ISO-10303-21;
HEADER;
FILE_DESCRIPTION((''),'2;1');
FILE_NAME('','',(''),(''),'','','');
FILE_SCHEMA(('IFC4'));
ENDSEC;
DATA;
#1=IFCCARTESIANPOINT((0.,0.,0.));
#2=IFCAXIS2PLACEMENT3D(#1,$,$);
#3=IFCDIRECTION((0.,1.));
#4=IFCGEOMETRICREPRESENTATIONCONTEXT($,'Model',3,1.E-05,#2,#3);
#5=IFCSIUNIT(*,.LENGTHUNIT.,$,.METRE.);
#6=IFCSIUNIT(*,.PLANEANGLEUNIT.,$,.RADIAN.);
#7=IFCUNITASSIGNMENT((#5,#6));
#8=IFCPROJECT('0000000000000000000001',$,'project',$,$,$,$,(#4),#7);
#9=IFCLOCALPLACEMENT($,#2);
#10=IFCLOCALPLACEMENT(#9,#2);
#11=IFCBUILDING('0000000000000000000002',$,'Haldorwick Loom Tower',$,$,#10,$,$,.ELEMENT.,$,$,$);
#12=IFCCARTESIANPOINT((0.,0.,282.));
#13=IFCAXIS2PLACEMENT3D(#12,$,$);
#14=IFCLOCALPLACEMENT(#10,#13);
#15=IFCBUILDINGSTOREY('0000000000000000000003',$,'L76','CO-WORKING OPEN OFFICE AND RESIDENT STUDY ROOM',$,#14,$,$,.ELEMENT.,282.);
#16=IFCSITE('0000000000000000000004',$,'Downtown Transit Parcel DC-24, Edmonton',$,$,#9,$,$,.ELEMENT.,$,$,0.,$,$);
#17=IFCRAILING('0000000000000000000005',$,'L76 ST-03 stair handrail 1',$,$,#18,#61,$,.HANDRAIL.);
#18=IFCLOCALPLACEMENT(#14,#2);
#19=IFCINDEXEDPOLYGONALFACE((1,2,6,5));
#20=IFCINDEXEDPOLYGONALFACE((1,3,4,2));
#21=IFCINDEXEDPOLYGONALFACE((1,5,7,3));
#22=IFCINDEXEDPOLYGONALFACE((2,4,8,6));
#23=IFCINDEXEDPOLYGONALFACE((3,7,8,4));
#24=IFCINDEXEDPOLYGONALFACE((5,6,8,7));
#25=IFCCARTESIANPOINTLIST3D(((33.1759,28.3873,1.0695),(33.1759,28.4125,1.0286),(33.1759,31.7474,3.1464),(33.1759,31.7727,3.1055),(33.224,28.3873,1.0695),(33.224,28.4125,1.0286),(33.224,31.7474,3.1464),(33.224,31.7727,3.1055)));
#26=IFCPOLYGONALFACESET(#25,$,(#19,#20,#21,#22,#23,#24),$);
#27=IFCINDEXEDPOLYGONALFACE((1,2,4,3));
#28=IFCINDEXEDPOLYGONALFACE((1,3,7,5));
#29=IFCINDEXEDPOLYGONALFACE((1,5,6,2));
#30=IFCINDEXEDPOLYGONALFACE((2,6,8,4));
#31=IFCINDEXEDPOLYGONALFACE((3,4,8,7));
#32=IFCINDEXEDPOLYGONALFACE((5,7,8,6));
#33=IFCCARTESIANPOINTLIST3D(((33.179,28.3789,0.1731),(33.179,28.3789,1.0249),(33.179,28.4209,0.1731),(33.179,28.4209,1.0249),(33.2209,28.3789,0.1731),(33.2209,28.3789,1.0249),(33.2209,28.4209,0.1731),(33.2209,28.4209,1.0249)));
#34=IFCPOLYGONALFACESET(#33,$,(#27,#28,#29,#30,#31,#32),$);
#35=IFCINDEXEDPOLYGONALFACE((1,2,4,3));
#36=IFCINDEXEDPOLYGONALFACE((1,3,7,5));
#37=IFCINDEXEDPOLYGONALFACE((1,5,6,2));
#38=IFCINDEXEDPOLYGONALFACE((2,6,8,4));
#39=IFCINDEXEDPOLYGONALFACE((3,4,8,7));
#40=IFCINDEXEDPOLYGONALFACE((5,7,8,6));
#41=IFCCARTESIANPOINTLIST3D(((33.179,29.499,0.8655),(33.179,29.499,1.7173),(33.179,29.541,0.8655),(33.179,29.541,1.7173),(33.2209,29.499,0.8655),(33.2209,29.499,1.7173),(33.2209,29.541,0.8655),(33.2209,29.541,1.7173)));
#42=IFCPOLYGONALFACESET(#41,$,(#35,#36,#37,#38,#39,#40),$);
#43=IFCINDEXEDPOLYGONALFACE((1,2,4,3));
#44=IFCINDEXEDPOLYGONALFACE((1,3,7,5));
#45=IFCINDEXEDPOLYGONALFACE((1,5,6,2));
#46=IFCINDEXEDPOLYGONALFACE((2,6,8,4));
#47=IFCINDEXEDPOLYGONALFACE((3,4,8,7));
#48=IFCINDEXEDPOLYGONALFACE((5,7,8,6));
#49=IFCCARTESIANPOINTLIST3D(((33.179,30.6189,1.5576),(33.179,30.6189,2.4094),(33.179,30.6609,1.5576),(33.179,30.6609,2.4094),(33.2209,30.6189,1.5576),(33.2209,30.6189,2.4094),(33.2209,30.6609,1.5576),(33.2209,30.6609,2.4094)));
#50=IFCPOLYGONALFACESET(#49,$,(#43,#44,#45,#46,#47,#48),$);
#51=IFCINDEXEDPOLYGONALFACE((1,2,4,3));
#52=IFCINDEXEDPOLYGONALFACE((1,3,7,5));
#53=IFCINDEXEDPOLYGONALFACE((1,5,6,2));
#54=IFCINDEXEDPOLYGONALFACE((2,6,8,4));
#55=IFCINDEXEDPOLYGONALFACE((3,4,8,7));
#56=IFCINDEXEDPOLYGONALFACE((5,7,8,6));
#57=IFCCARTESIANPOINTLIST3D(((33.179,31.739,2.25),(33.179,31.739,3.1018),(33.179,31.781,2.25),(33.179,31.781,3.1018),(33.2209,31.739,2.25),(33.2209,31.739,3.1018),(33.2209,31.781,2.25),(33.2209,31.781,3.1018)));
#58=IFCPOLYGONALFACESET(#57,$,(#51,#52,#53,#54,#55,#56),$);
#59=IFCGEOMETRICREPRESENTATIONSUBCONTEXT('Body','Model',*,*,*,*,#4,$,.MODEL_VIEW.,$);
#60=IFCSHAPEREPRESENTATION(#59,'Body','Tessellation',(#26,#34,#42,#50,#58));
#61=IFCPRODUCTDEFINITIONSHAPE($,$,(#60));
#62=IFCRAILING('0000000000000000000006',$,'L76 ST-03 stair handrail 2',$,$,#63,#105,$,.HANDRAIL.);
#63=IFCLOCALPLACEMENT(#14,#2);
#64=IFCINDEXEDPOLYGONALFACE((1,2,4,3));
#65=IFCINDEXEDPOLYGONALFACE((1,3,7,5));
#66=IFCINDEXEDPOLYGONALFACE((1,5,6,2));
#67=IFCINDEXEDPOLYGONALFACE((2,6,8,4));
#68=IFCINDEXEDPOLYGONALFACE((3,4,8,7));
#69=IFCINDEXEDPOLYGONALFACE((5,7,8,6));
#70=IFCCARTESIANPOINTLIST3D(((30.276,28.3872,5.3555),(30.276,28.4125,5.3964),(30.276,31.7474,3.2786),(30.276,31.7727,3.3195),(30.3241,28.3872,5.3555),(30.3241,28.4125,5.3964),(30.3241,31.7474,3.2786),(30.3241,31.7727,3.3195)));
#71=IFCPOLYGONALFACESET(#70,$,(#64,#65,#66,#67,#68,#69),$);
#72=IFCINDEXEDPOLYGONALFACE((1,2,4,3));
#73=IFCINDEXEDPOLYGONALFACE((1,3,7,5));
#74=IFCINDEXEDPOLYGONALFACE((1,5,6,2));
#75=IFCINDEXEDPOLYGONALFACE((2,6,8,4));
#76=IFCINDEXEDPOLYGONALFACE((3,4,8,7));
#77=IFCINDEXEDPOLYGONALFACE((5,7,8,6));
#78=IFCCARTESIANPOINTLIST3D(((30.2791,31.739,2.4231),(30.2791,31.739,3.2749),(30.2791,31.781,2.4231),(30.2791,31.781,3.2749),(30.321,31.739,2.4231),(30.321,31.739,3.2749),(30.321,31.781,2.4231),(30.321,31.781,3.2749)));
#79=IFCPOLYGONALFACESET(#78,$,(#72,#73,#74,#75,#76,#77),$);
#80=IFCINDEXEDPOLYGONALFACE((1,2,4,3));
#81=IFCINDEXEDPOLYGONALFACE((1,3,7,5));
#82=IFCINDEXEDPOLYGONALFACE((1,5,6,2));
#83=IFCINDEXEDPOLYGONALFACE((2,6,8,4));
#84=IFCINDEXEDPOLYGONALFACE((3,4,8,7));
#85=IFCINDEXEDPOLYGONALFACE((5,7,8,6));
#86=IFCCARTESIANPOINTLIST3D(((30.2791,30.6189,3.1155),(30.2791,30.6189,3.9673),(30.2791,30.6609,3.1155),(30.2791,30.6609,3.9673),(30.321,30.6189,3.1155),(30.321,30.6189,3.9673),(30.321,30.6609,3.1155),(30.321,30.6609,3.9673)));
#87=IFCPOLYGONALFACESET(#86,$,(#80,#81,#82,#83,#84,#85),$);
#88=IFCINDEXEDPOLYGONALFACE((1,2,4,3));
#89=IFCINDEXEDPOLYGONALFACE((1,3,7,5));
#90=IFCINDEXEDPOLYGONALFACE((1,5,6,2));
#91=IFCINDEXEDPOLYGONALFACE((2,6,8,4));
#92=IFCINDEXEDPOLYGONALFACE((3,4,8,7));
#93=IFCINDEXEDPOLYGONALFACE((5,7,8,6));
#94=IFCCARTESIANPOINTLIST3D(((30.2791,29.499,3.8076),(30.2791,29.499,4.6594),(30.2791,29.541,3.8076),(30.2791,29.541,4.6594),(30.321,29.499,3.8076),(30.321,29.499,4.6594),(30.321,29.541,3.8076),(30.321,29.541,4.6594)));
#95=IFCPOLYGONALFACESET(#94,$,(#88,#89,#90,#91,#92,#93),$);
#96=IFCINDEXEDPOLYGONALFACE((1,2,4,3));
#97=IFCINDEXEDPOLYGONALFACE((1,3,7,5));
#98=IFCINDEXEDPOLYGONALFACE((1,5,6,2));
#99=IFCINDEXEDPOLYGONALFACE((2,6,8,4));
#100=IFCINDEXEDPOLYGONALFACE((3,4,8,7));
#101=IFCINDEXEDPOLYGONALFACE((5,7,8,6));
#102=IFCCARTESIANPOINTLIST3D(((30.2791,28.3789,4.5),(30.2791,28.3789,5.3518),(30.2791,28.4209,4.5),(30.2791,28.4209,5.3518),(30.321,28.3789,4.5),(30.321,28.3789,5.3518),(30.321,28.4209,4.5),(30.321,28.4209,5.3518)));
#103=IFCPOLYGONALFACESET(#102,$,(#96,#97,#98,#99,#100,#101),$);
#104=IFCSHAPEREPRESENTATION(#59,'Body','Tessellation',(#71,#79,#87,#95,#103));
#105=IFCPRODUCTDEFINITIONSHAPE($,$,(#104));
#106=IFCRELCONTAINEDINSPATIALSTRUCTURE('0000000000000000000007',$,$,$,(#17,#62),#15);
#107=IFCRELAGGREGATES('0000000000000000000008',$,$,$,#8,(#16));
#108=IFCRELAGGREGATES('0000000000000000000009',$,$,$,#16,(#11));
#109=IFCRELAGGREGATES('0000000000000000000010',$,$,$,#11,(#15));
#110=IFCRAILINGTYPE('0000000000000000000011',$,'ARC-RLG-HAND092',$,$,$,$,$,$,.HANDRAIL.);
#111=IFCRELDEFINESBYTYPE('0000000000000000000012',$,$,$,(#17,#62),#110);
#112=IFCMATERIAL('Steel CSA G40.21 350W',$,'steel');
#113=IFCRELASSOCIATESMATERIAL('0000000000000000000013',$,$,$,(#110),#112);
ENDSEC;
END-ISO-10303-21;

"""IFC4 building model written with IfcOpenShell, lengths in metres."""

from ifc_helpers import new_model, si_unit, direction, frame, origin, origin_2d, place, context, subcontext, project, spatial, rectangle, extrude, material, type_object, element, save


model = new_model("IFC4")

# Units and contexts
model_context = context("Model", 3, precision=1e-05, world=origin(), true_north=direction((0.0, 1.0)))
body_context = subcontext(model_context, "Body", "Model", "MODEL_VIEW")
ifc_project = project(units=[si_unit("LENGTHUNIT", "METRE"), si_unit("PLANEANGLEUNIT", "RADIAN")], contexts=[model_context])

# Site, building, storey
site_placement = place(None, origin())
site = spatial("IfcSite", under=ifc_project, at=site_placement, Name="Downtown Transit Parcel DC-24, Edmonton", CompositionType="ELEMENT", RefElevation=0.0)
building_placement = place(site_placement, origin())
building = spatial("IfcBuilding", under=site, at=building_placement, Name="Haldorwick Loom Tower", CompositionType="ELEMENT")
storey_placement = place(building_placement, frame((0.0, 0.0, 282.0)))
storey = spatial("IfcBuildingStorey", under=building, at=storey_placement, Name="L76", Description="CO-WORKING OPEN OFFICE AND RESIDENT STUDY ROOM", CompositionType="ELEMENT", Elevation=282.0)

# Shared definitions
ifc_material_1 = material(Name="Steel CSA G40.21 350W", Category="steel")

# Railings
railing_type_1 = type_object("IfcRailingType", Name="ARC-RLG-HAND092", PredefinedType="HANDRAIL", material=ifc_material_1)
railing_1_placement = place(storey_placement, frame((33.2, 28.3999, 0.1731)))
element("IfcRailing", 1, at=railing_1_placement, inside=storey, type_object=railing_type_1, Name="L76 ST-03 stair handrail 1", PredefinedType="HANDRAIL", context=body_context, shape_type="SweptSolid", body=[
    extrude(rectangle(XDim=0.0481, YDim=0.0481, at=origin_2d()), frame((0.0, 0.0, 0.876), z_axis=(0.0, 0.850623, 0.525776), x_axis=(-1.0, 0.0, 0.0)), (0.0, 0.0, 1.0), 3.9502),
    extrude(rectangle(XDim=0.042, YDim=0.042, at=origin_2d()), origin(), (0.0, 0.0, 1.0), 0.8518),
    extrude(rectangle(XDim=0.042, YDim=0.042, at=origin_2d()), frame((0.0, 1.1201, 0.6924)), (0.0, 0.0, 1.0), 0.8518),
    extrude(rectangle(XDim=0.042, YDim=0.042, at=origin_2d()), frame((0.0, 2.24, 1.3845)), (0.0, 0.0, 1.0), 0.8518),
    extrude(rectangle(XDim=0.042, YDim=0.042, at=origin_2d()), frame((0.0, 3.3601, 2.0769)), (0.0, 0.0, 1.0), 0.8518),
])
railing_2_placement = place(storey_placement, frame((30.3, 31.76, 2.4231)))
element("IfcRailing", 2, at=railing_2_placement, inside=storey, type_object=railing_type_1, Name="L76 ST-03 stair handrail 2", PredefinedType="HANDRAIL", context=body_context, shape_type="SweptSolid", body=[
    extrude(rectangle(XDim=0.0481, YDim=0.0481, at=origin_2d()), frame((0.0, 0.0, 0.876), z_axis=(0.0, -0.850623, 0.525776), x_axis=(1.0, 0.0, 0.0)), (0.0, 0.0, 1.0), 3.9502),
    extrude(rectangle(XDim=0.042, YDim=0.042, at=origin_2d()), origin(), (0.0, 0.0, 1.0), 0.8518),
    extrude(rectangle(XDim=0.042, YDim=0.042, at=origin_2d()), frame((0.0, -1.1201, 0.6924)), (0.0, 0.0, 1.0), 0.8518),
    extrude(rectangle(XDim=0.042, YDim=0.042, at=origin_2d()), frame((0.0, -2.24, 1.3845)), (0.0, 0.0, 1.0), 0.8518),
    extrude(rectangle(XDim=0.042, YDim=0.042, at=origin_2d()), frame((0.0, -3.3601, 2.0769)), (0.0, 0.0, 1.0), 0.8518),
])

save(model, "model.ifc")
